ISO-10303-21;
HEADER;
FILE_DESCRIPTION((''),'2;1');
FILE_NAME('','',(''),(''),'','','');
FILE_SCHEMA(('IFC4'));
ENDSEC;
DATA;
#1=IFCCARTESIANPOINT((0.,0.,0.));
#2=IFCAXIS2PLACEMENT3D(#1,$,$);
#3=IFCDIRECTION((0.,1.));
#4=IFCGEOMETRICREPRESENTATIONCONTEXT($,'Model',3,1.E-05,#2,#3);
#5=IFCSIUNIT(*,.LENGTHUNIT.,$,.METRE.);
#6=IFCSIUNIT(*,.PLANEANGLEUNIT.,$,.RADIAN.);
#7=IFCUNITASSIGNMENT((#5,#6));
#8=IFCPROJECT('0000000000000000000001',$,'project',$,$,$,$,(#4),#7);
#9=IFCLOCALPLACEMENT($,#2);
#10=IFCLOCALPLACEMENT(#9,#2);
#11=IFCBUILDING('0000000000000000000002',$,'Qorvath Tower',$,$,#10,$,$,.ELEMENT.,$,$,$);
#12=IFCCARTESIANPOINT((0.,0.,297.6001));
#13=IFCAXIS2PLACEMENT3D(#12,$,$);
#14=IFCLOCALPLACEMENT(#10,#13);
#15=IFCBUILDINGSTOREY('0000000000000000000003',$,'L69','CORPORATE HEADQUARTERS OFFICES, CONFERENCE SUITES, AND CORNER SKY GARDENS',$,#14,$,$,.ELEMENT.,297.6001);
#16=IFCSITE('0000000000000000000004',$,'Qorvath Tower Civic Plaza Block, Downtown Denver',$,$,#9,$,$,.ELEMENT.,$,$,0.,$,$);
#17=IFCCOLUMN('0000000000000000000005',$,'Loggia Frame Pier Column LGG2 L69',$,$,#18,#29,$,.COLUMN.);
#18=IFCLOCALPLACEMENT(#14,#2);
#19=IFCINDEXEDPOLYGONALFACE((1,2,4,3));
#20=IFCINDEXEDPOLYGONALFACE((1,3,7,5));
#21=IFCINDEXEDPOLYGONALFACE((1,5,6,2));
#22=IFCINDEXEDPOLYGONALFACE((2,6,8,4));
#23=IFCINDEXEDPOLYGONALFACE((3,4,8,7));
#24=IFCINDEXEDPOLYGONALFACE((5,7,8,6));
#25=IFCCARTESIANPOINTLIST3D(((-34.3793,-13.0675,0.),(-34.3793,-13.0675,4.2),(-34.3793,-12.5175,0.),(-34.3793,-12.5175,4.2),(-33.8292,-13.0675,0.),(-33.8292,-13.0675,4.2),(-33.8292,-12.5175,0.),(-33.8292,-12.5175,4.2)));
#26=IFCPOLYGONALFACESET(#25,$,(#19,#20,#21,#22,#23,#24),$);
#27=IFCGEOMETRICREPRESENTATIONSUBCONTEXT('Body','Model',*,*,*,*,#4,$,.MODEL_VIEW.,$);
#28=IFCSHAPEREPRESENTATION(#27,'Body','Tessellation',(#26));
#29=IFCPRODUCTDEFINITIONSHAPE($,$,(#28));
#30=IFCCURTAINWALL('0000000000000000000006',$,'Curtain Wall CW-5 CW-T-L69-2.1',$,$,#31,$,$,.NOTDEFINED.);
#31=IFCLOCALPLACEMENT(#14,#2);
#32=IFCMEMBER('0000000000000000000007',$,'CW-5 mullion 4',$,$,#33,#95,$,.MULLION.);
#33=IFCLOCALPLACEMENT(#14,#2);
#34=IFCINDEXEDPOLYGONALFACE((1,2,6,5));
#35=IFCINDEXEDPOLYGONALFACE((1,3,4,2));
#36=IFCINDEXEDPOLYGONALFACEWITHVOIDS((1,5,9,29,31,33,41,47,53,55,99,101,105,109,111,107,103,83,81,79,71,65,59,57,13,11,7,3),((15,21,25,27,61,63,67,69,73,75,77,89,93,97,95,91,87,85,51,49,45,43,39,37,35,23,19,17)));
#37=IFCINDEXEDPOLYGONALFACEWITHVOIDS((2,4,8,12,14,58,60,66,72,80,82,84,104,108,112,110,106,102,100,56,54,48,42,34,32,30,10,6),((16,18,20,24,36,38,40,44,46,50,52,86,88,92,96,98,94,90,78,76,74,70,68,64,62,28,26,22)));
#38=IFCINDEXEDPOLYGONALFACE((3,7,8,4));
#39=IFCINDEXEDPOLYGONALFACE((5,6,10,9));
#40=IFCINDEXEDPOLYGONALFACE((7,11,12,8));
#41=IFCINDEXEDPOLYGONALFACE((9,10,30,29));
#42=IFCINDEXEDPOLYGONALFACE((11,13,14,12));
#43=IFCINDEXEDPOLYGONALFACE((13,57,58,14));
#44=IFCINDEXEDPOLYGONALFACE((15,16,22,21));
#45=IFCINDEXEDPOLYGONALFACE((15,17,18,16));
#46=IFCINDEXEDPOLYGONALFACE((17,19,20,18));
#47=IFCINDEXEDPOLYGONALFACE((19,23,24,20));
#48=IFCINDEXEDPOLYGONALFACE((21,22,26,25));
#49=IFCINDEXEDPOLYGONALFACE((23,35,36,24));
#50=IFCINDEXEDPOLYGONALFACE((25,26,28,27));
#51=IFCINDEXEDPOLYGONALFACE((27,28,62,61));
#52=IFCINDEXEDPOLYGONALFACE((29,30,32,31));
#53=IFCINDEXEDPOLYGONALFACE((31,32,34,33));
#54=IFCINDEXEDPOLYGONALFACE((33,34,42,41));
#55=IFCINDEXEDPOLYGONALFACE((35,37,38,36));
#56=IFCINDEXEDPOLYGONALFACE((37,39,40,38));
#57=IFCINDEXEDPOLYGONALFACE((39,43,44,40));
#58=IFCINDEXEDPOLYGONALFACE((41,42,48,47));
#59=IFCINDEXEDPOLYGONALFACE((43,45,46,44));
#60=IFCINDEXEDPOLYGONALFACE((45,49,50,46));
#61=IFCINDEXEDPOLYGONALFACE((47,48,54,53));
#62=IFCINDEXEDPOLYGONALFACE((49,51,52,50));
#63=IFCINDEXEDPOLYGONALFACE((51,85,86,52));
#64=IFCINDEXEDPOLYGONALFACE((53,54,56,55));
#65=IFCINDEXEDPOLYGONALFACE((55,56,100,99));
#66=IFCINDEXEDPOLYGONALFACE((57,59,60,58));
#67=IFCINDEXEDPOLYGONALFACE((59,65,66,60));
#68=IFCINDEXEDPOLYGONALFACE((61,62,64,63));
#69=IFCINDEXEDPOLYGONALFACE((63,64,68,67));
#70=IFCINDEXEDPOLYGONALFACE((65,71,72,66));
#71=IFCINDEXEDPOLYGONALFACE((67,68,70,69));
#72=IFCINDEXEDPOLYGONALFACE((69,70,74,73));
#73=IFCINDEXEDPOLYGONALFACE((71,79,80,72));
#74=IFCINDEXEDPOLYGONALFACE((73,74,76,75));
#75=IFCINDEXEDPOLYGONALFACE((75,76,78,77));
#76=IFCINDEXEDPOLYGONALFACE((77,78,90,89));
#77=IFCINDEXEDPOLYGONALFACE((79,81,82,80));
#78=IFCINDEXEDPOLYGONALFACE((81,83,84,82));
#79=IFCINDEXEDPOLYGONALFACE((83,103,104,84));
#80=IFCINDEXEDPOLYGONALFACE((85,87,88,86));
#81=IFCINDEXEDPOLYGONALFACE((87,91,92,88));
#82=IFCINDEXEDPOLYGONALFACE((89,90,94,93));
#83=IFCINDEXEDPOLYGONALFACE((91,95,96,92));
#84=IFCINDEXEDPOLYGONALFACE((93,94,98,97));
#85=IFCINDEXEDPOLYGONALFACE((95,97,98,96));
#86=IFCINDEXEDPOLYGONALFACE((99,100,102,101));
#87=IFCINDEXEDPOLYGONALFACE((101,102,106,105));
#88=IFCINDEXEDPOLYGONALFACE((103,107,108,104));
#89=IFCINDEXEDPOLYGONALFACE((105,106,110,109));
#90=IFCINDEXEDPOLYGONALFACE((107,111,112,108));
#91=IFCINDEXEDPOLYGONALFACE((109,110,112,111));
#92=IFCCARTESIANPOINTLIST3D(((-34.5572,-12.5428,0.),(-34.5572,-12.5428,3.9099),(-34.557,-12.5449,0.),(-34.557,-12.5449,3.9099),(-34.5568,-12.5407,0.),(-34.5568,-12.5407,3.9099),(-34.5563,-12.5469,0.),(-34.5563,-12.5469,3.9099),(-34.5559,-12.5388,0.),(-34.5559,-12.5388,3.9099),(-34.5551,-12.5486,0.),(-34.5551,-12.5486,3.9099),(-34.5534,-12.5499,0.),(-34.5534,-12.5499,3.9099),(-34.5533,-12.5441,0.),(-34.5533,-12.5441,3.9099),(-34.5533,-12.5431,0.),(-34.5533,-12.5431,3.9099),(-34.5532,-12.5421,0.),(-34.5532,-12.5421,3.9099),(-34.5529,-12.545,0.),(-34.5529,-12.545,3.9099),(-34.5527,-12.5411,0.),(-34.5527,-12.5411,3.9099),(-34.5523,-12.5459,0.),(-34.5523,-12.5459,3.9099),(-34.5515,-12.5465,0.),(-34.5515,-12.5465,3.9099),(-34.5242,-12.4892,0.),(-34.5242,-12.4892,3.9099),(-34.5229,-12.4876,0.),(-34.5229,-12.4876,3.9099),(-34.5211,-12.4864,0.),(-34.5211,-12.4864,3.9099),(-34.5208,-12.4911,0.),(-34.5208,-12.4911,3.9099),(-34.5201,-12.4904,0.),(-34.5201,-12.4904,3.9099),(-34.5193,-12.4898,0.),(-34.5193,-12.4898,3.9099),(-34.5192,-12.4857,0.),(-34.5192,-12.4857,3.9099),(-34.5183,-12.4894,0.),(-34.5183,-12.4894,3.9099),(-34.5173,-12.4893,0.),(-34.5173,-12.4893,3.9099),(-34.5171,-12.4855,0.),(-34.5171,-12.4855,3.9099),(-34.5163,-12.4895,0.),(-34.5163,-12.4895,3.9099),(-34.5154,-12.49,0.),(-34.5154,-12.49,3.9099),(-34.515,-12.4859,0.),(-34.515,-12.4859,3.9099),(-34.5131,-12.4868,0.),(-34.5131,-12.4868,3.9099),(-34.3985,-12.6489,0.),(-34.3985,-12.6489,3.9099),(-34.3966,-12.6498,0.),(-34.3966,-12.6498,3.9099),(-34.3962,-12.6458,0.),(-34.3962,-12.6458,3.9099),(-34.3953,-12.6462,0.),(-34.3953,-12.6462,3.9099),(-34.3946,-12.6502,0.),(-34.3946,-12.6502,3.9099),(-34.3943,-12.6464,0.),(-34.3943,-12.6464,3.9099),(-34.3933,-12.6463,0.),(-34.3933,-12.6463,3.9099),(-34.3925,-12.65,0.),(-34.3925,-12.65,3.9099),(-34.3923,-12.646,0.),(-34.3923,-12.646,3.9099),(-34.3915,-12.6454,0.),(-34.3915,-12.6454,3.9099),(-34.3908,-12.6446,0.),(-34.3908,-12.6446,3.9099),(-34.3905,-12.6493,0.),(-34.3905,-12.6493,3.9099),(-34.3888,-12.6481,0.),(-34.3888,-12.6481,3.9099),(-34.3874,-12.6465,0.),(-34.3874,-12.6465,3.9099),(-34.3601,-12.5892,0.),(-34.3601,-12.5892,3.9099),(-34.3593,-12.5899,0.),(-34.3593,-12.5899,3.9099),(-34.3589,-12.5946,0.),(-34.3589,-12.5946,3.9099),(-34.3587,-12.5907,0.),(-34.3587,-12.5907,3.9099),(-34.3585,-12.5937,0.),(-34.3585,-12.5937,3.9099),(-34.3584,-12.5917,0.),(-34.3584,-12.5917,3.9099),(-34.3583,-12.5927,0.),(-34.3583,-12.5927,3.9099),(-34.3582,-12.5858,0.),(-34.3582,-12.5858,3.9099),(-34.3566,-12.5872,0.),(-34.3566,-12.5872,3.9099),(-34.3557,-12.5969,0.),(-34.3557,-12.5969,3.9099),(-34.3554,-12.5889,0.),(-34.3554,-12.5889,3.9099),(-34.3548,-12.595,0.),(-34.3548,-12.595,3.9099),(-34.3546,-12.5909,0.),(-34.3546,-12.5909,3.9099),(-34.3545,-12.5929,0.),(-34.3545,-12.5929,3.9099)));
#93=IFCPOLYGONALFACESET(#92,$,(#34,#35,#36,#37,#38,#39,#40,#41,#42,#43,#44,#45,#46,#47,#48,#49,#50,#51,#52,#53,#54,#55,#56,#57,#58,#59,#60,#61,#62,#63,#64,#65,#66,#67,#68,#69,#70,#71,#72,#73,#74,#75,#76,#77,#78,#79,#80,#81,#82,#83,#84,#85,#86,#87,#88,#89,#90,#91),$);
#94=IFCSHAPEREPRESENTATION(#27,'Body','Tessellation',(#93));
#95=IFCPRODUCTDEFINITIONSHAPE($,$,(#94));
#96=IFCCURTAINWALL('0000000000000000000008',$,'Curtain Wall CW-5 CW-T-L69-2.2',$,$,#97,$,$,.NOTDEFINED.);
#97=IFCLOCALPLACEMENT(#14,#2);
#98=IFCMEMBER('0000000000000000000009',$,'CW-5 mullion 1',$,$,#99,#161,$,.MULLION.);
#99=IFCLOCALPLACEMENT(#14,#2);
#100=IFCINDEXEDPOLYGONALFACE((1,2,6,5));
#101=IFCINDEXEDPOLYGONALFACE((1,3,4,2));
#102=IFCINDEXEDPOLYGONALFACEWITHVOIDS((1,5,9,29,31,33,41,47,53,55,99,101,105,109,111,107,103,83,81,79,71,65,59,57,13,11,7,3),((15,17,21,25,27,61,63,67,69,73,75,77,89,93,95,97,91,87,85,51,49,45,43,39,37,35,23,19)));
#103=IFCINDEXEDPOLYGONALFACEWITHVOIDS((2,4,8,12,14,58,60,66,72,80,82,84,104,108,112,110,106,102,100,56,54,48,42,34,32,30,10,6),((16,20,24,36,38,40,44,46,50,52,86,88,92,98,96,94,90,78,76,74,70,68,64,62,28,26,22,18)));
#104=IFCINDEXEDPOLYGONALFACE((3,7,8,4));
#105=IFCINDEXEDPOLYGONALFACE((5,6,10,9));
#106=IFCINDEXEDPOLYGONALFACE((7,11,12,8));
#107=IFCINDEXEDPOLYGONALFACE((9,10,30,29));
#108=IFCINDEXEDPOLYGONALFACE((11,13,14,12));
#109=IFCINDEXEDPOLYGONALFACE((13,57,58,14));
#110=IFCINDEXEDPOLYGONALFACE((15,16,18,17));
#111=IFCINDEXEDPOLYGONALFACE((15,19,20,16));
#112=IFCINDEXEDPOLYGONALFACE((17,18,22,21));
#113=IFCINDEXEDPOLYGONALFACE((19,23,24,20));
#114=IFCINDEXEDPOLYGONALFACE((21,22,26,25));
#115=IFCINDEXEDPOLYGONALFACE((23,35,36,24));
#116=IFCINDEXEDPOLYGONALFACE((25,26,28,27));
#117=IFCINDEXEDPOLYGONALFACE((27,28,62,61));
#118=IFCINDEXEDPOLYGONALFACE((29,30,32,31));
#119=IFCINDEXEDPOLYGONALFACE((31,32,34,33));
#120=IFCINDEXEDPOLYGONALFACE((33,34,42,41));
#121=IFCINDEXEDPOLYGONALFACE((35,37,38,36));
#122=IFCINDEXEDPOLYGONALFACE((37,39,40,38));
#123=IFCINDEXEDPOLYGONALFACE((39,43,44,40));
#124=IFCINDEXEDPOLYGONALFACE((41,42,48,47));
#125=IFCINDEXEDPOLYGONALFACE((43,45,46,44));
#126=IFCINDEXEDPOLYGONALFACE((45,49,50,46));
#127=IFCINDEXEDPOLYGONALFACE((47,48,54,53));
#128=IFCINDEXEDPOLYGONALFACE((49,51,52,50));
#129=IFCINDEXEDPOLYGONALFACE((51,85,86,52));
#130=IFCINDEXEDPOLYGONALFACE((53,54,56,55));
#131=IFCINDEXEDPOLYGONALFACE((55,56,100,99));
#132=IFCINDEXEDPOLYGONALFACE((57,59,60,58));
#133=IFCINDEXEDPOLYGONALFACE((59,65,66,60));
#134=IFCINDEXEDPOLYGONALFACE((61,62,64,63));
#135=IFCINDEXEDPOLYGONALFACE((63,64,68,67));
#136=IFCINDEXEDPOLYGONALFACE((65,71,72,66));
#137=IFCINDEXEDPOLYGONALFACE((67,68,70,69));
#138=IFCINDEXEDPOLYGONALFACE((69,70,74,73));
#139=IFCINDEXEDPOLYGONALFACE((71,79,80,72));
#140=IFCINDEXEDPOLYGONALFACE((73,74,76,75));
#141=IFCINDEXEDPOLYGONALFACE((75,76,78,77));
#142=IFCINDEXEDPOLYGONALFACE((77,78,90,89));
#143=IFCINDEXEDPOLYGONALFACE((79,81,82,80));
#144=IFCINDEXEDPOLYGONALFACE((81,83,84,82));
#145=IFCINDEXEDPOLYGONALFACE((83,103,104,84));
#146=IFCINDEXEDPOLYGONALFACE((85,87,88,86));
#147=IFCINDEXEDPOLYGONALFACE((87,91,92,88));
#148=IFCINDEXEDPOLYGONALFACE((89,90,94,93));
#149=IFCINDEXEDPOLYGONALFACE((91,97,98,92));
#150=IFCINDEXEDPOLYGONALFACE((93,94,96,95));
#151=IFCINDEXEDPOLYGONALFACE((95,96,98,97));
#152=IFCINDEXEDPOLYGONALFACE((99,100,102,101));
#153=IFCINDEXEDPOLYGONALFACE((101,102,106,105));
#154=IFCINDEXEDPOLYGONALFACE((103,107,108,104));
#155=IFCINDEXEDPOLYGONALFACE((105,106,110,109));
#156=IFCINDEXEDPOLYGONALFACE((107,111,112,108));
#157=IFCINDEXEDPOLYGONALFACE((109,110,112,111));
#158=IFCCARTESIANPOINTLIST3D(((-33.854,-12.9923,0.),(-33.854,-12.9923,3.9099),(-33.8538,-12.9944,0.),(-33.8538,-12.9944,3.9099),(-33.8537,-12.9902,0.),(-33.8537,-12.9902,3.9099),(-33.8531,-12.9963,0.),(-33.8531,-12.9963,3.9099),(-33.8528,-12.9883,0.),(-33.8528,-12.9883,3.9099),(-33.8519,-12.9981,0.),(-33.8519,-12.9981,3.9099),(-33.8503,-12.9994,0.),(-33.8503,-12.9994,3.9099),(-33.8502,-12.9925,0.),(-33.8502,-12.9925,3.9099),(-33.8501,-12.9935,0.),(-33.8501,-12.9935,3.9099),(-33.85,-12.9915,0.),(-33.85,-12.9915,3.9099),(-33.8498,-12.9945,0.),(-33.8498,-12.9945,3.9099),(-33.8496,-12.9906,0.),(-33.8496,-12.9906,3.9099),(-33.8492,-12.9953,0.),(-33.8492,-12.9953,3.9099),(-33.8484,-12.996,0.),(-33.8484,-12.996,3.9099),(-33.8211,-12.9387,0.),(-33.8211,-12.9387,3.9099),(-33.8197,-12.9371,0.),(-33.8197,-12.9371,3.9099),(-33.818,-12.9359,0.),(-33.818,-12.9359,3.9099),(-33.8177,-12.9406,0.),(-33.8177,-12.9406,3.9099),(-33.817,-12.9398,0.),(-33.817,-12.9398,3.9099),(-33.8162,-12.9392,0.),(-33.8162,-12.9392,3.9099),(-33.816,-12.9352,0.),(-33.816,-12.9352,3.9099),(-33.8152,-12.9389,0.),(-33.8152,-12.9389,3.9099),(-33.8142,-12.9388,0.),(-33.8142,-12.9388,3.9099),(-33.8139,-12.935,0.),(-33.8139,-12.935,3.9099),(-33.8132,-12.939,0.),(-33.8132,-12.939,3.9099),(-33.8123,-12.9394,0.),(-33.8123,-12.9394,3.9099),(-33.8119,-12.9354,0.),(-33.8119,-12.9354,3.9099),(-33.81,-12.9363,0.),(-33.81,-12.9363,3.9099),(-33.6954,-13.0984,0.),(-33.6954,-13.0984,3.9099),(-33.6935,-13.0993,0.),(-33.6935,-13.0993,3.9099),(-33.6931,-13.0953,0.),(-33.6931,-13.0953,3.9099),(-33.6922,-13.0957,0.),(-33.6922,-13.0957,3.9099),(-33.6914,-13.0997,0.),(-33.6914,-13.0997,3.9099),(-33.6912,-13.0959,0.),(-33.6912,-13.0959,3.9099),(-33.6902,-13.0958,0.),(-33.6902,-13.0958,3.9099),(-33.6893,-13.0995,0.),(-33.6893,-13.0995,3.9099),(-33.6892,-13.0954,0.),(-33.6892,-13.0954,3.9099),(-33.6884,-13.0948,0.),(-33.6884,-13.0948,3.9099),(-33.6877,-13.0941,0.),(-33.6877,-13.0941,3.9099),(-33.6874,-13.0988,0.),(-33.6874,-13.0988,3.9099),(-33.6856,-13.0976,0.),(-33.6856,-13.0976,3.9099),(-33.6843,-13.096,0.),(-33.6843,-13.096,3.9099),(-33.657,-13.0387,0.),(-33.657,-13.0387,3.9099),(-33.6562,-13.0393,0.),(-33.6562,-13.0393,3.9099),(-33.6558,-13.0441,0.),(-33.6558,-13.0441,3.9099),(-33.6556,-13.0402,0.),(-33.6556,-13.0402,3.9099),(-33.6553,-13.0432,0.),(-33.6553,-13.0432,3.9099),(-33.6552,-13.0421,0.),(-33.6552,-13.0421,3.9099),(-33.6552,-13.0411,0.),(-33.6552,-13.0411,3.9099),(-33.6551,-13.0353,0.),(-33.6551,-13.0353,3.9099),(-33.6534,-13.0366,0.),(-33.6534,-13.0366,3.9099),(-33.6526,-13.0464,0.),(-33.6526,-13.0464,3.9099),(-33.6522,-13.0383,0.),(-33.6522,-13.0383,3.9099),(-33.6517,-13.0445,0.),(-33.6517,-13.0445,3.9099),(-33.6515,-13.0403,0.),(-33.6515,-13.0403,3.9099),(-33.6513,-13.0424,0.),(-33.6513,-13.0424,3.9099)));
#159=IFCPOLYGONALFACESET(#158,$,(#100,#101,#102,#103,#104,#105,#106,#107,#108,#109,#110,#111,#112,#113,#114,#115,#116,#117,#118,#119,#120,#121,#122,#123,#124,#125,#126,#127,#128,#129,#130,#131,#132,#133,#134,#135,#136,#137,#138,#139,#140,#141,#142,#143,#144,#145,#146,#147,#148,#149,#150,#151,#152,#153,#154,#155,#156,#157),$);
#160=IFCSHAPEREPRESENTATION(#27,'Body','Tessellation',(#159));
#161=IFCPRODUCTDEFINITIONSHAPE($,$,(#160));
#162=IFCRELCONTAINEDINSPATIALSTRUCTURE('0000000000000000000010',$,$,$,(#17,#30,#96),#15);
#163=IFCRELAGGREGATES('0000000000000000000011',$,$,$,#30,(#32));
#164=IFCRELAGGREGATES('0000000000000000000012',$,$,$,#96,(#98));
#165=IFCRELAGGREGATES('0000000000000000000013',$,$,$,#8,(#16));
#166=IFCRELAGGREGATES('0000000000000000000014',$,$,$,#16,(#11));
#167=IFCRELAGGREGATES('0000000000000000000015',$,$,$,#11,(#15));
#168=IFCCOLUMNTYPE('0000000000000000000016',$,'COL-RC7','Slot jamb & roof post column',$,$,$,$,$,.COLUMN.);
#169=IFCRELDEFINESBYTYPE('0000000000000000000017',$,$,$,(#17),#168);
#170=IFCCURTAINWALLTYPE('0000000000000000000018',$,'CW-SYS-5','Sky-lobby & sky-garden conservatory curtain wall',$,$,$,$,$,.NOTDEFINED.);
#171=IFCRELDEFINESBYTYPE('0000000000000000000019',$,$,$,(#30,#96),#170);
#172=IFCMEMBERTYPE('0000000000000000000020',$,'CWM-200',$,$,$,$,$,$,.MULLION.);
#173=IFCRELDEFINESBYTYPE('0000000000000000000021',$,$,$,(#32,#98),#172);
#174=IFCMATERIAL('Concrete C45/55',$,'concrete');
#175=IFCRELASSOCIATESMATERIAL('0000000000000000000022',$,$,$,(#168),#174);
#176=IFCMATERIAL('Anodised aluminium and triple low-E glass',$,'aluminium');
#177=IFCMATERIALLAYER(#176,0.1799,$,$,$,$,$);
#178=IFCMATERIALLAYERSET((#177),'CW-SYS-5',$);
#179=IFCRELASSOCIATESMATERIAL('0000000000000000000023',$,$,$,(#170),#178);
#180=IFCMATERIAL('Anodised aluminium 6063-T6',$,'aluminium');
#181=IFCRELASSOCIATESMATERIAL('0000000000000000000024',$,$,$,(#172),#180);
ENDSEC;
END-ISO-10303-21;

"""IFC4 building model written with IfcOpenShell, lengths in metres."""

from ifc_helpers import new_model, si_unit, direction, frame, origin, origin_2d, place, context, subcontext, project, spatial, rectangle, hollow_rectangle, extrude, material, layer, layer_set, material_profile, profile_set, type_object, element, aggregate, save


model = new_model("IFC4")

# Units and contexts
model_context = context("Model", 3, precision=1e-05, world=origin(), true_north=direction((0.0, 1.0)))
body_context = subcontext(model_context, "Body", "Model", "MODEL_VIEW")
ifc_project = project(units=[si_unit("LENGTHUNIT", "METRE"), si_unit("PLANEANGLEUNIT", "RADIAN")], contexts=[model_context])

# Site, building, storey
site_placement = place(None, origin())
site = spatial("IfcSite", under=ifc_project, at=site_placement, Name="Qorvath Tower Civic Plaza Block, Downtown Denver", CompositionType="ELEMENT", RefElevation=0.0)
building_placement = place(site_placement, origin())
building = spatial("IfcBuilding", under=site, at=building_placement, Name="Qorvath Tower", CompositionType="ELEMENT")
storey_placement = place(building_placement, frame((0.0, 0.0, 297.6001)))
storey = spatial("IfcBuildingStorey", under=building, at=storey_placement, Name="L69", Description="CORPORATE HEADQUARTERS OFFICES, CONFERENCE SUITES, AND CORNER SKY GARDENS", CompositionType="ELEMENT", Elevation=297.6001)

# Column
ifc_material_1 = material(Name="Concrete C45/55", Category="concrete")
ifc_material_profile_1 = material_profile(ifc_material_1, rectangle(XDim=0.55, YDim=0.55, at=origin_2d()), Name="RC 550x550")
ifc_profile_set_1 = profile_set([ifc_material_profile_1], Name="Concrete C45/55")
column_type = type_object("IfcColumnType", Name="COL-RC7", Description="Slot jamb & roof post column", PredefinedType="COLUMN", material=ifc_profile_set_1)
column_placement = place(storey_placement, frame((-34.1042, -12.7925, 0.0), z_axis=(0.0, 0.0, 1.0), x_axis=(1.0, 0.0, 0.0)))
element("IfcColumn", 1, at=column_placement, inside=storey, type_object=column_type, Name="Loggia Frame Pier Column LGG2 L69", PredefinedType="COLUMN", context=body_context, shape_type="SweptSolid", body=[
    extrude(rectangle(XDim=0.55, YDim=0.55, at=origin_2d()), origin(), (0.0, 0.0, 1.0), 4.2),
])

# Curtain wall, member
ifc_material_2 = material(Name="Anodised aluminium and triple low-E glass", Category="aluminium")
ifc_layer_1 = layer(ifc_material_2, 0.1799)
ifc_layer_set_1 = layer_set([ifc_layer_1], Name="CW-SYS-5")
curtain_wall_type = type_object("IfcCurtainWallType", Name="CW-SYS-5", Description="Sky-lobby & sky-garden conservatory curtain wall", PredefinedType="NOTDEFINED", material=ifc_layer_set_1)
curtain_wall_1_placement = place(storey_placement, origin())
curtain_wall_1 = element("IfcCurtainWall", 2, at=curtain_wall_1_placement, inside=storey, type_object=curtain_wall_type, Name="Curtain Wall CW-5 CW-T-L69-2.1", PredefinedType="NOTDEFINED")
ifc_material_3 = material(Name="Anodised aluminium 6063-T6", Category="aluminium")
ifc_material_profile_2 = material_profile(ifc_material_3, hollow_rectangle(XDim=0.075, YDim=0.2, WallThickness=0.0039, InnerFilletRadius=0.0039, OuterFilletRadius=0.0081, at=origin_2d()), Name="CWM 200x75")
ifc_profile_set_2 = profile_set([ifc_material_profile_2], Name="Anodised aluminium 6063-T6")
member_type_1 = type_object("IfcMemberType", Name="CWM-200", PredefinedType="MULLION", material=ifc_profile_set_2)
member_1_placement = place(storey_placement, frame((-34.4558, -12.5679, 0.0), z_axis=(0.0, 0.0, 1.0), x_axis=(0.538537, 0.842602, 0.0)))
member_1 = element("IfcMember", 3, at=member_1_placement, type_object=member_type_1, Name="CW-5 mullion 4", PredefinedType="MULLION", context=body_context, shape_type="SweptSolid", body=[
    extrude(hollow_rectangle(XDim=0.075, YDim=0.2, WallThickness=0.0039, InnerFilletRadius=0.0039, OuterFilletRadius=0.0081, at=origin_2d()), origin(), (0.0, 0.0, 1.0), 3.9099),
])
aggregate(curtain_wall_1, [member_1])

# Curtain wall, member
curtain_wall_2_placement = place(storey_placement, origin())
curtain_wall_2 = element("IfcCurtainWall", 4, at=curtain_wall_2_placement, inside=storey, type_object=curtain_wall_type, Name="Curtain Wall CW-5 CW-T-L69-2.2", PredefinedType="NOTDEFINED")
member_2_placement = place(storey_placement, frame((-33.7527, -13.0173, 0.0), z_axis=(0.0, 0.0, 1.0), x_axis=(0.538534, 0.842604, 0.0)))
member_2 = element("IfcMember", 5, at=member_2_placement, type_object=member_type_1, Name="CW-5 mullion 1", PredefinedType="MULLION", context=body_context, shape_type="SweptSolid", body=[
    extrude(hollow_rectangle(XDim=0.075, YDim=0.2, WallThickness=0.0039, InnerFilletRadius=0.0039, OuterFilletRadius=0.0081, at=origin_2d()), origin(), (0.0, 0.0, 1.0), 3.9099),
])
aggregate(curtain_wall_2, [member_2])

save(model, "model.ifc")
